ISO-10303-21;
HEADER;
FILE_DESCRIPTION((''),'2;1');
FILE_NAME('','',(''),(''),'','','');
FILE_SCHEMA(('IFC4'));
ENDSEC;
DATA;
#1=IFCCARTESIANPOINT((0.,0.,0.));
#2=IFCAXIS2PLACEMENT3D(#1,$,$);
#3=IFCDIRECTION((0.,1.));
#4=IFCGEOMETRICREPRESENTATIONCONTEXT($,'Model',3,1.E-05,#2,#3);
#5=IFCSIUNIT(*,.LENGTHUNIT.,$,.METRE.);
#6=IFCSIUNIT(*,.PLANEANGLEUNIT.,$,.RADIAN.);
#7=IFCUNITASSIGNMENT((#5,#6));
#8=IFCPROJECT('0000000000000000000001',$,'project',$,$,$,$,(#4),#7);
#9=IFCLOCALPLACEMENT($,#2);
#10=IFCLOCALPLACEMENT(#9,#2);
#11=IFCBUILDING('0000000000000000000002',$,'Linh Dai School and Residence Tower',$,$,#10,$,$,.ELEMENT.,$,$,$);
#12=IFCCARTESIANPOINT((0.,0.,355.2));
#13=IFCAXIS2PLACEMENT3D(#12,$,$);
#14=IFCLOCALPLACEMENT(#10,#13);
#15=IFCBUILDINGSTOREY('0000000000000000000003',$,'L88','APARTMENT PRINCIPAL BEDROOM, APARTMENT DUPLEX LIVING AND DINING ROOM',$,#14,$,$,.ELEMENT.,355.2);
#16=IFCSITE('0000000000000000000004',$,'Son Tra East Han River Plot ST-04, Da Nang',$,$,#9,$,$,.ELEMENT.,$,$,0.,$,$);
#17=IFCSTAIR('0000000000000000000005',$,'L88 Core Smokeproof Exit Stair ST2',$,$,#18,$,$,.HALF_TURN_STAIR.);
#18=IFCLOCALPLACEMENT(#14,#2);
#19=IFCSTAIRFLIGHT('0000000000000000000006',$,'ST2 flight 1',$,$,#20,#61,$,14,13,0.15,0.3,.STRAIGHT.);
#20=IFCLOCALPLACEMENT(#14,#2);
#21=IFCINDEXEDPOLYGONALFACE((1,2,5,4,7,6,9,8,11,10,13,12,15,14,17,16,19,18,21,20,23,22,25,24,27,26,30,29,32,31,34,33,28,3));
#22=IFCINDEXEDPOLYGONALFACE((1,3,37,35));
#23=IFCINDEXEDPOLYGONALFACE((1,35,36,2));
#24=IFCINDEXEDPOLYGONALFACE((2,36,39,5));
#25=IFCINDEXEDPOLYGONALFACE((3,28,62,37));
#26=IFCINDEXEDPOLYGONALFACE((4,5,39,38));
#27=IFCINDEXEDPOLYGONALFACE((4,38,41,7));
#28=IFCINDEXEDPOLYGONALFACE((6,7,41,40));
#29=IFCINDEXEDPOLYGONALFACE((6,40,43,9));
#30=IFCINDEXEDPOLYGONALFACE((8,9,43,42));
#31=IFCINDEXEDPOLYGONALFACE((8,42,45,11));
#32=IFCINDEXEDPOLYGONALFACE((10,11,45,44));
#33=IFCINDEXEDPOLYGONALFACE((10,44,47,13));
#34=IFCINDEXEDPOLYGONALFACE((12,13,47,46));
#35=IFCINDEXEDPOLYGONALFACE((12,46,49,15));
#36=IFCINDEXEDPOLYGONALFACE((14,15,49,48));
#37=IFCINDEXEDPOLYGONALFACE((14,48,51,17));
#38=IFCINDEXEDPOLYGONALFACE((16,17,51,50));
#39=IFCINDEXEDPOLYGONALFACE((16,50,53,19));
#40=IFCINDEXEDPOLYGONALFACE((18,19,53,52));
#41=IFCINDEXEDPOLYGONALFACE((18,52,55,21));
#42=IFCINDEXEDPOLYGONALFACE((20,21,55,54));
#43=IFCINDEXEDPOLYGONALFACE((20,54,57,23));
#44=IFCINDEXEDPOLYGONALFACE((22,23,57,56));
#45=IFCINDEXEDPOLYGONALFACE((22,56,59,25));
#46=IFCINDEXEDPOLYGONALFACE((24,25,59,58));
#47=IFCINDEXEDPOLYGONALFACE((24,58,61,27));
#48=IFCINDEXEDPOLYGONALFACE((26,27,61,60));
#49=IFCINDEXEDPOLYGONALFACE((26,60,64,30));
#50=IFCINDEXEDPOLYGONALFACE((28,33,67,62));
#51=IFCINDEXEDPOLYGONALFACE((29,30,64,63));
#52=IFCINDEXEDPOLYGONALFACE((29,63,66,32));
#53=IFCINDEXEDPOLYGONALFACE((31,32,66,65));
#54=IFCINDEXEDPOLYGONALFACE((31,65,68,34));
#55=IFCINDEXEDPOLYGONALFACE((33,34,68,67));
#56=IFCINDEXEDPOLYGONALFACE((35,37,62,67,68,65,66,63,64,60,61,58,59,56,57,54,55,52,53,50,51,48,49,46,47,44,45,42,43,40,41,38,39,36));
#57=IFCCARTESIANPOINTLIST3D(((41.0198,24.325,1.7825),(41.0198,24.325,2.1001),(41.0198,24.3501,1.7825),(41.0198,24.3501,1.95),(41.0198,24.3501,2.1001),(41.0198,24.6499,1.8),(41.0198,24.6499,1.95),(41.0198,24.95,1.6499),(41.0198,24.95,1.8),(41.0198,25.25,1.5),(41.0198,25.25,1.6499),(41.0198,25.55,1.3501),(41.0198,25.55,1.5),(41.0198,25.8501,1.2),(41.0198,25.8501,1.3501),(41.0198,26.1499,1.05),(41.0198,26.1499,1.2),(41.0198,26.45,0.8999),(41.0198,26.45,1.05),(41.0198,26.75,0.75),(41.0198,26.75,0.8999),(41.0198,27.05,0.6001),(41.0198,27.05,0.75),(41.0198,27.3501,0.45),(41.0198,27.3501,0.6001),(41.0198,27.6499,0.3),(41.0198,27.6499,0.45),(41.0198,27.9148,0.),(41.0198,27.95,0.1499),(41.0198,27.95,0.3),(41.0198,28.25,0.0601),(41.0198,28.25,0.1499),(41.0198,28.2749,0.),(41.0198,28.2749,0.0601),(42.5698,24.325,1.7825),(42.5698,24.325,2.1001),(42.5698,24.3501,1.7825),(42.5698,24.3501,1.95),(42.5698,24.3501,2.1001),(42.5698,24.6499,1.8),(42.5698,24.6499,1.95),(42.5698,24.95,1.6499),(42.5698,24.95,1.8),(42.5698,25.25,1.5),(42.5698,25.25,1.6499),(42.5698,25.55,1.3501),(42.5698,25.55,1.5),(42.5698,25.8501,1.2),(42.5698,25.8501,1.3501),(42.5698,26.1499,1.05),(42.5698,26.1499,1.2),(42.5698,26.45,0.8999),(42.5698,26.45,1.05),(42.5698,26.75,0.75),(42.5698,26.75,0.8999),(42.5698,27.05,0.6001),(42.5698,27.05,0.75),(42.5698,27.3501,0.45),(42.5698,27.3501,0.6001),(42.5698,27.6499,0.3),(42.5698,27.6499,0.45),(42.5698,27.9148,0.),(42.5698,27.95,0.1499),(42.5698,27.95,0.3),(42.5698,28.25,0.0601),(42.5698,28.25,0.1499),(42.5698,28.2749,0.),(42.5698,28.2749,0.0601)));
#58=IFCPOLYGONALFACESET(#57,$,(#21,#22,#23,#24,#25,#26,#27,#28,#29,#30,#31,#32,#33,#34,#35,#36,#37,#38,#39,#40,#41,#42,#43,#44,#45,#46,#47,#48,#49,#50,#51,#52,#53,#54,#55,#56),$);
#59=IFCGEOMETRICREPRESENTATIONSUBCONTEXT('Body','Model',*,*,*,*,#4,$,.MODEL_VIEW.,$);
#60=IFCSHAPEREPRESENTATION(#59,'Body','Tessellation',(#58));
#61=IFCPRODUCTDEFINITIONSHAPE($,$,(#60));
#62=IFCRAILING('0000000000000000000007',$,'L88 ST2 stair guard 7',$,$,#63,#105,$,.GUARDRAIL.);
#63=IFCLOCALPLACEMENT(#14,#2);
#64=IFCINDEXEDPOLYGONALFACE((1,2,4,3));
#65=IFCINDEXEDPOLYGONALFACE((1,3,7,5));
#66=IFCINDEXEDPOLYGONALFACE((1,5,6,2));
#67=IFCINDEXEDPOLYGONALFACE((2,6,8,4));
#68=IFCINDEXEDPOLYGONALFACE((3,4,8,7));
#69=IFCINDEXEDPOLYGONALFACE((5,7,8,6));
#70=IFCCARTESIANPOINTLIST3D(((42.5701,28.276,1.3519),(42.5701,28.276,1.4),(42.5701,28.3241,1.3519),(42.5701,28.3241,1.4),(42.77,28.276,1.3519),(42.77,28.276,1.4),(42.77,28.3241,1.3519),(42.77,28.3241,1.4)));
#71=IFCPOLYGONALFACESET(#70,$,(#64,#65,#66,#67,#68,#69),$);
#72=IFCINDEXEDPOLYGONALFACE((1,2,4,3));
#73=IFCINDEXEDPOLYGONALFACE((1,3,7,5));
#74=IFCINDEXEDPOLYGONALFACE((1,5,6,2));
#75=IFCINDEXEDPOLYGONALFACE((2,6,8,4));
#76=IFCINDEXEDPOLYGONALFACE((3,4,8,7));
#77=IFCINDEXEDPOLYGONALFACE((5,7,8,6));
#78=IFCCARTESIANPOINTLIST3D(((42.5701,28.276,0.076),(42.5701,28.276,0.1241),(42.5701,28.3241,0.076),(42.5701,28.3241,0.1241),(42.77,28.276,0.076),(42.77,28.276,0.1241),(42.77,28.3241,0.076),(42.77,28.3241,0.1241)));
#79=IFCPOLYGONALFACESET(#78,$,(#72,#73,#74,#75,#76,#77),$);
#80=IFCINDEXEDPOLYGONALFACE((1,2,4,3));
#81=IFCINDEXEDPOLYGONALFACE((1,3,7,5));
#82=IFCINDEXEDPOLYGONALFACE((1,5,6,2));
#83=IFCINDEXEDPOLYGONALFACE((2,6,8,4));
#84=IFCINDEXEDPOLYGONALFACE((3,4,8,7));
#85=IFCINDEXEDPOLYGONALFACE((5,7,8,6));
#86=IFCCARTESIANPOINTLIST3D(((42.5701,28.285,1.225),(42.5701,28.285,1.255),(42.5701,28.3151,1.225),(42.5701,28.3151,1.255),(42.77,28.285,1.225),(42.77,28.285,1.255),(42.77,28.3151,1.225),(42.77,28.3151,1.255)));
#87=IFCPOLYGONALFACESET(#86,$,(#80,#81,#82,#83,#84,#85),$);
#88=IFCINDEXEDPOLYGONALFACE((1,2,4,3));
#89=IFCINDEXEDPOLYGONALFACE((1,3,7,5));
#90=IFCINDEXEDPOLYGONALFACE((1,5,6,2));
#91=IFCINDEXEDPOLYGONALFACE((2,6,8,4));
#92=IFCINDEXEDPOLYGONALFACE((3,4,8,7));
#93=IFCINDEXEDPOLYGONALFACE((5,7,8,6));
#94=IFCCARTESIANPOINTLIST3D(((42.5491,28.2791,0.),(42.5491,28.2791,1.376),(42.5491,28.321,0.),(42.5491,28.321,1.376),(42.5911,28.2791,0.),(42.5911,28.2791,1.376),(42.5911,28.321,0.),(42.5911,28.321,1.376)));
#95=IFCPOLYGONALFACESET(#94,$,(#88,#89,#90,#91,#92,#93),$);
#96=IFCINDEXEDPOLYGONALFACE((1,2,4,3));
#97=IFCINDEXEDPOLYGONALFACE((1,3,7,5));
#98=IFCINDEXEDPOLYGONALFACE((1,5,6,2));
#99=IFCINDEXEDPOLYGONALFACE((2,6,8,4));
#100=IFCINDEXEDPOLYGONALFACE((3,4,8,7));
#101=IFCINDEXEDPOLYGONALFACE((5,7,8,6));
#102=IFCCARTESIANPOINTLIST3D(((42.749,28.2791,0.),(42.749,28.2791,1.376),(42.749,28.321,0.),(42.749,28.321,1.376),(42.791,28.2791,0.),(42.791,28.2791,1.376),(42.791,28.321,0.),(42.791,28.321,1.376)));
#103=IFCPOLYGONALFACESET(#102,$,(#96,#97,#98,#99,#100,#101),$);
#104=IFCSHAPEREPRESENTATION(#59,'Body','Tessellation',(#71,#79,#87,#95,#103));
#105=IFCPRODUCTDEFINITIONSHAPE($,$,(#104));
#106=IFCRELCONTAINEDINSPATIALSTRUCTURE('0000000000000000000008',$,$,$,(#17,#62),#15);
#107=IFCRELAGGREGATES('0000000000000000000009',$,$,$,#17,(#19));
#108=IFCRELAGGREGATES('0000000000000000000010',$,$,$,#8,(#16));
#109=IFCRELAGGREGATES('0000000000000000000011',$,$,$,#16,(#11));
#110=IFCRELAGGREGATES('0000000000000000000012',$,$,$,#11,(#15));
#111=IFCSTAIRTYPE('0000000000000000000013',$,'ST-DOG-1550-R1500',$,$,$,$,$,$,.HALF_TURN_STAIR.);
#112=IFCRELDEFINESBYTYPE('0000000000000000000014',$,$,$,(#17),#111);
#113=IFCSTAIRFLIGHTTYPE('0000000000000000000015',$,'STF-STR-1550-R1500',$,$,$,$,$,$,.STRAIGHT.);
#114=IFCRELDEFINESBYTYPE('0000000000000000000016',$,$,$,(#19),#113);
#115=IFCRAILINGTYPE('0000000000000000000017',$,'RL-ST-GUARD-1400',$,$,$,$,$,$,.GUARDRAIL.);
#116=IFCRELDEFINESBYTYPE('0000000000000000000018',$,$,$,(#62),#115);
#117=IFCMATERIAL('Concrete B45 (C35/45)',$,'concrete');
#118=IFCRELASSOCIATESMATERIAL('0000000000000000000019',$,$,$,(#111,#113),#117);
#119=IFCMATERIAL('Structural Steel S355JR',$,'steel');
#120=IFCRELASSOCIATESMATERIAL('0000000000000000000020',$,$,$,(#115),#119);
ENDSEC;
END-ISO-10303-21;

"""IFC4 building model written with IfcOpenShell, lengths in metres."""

from ifc_helpers import new_model, si_unit, direction, frame, origin, origin_2d, place, context, subcontext, project, spatial, polyline, rectangle, outline, extrude, source, transform, mapped, material, type_object, element, aggregate, save


model = new_model("IFC4")

# Units and contexts
model_context = context("Model", 3, precision=1e-05, world=origin(), true_north=direction((0.0, 1.0)))
body_context = subcontext(model_context, "Body", "Model", "MODEL_VIEW")
ifc_project = project(units=[si_unit("LENGTHUNIT", "METRE"), si_unit("PLANEANGLEUNIT", "RADIAN")], contexts=[model_context])

# Site, building, storey
site_placement = place(None, origin())
site = spatial("IfcSite", under=ifc_project, at=site_placement, Name="Son Tra East Han River Plot ST-04, Da Nang", CompositionType="ELEMENT", RefElevation=0.0)
building_placement = place(site_placement, origin())
building = spatial("IfcBuilding", under=site, at=building_placement, Name="Linh Dai School and Residence Tower", CompositionType="ELEMENT")
storey_placement = place(building_placement, frame((0.0, 0.0, 355.2)))
storey = spatial("IfcBuildingStorey", under=building, at=storey_placement, Name="L88", Description="APARTMENT PRINCIPAL BEDROOM, APARTMENT DUPLEX LIVING AND DINING ROOM", CompositionType="ELEMENT", Elevation=355.2)

# Shared definitions
ifc_material_1 = material(Name="Structural Steel S355JR", Category="steel")

# Shared definitions
ifc_material_2 = material(Name="Concrete B45 (C35/45)", Category="concrete")

# Stair, stair flight
stair_type = type_object("IfcStairType", Name="ST-DOG-1550-R1500", PredefinedType="HALF_TURN_STAIR", material=ifc_material_2)
stair_placement = place(storey_placement, origin())
stair = element("IfcStair", 1, at=stair_placement, inside=storey, type_object=stair_type, Name="L88 Core Smokeproof Exit Stair ST2", PredefinedType="HALF_TURN_STAIR")
stair_flight_type = type_object("IfcStairFlightType", Name="STF-STR-1550-R1500", PredefinedType="STRAIGHT", material=ifc_material_2)
shared_shape_1 = source(origin(), body_context, "Body", "SweptSolid", [
    extrude(outline(polyline([(-0.0249, 0.0), (-0.0249, 0.0601), (0.0, 0.0601), (0.0, 0.1499), (0.3, 0.1499), (0.3, 0.3), (0.6001, 0.3), (0.6001, 0.45), (0.8999, 0.45), (0.8999, 0.6001), (1.2, 0.6001), (1.2, 0.75), (1.5, 0.75), (1.5, 0.8999), (1.8, 0.8999), (1.8, 1.05), (2.1001, 1.05), (2.1001, 1.2), (2.3999, 1.2), (2.3999, 1.3501), (2.7, 1.3501), (2.7, 1.5), (3.0, 1.5), (3.0, 1.6499), (3.3, 1.6499), (3.3, 1.8), (3.6001, 1.8), (3.6001, 1.95), (3.8999, 1.95), (3.8999, 2.1001), (3.925, 2.1001), (3.925, 1.7825), (3.8999, 1.7825), (0.3352, 0.0), (-0.0249, 0.0)])), frame((0.0, 0.7749, 0.0), z_axis=(0.0, -1.0, 0.0), x_axis=(1.0, 0.0, 0.0)), (0.0, 0.0, 1.0), 1.55),
])
stair_flight_placement = place(storey_placement, frame((41.7949, 28.25, 0.0), z_axis=(0.0, 0.0, 1.0), x_axis=(0.0, -1.0, 0.0)))
stair_flight = element("IfcStairFlight", 2, at=stair_flight_placement, type_object=stair_flight_type, Name="ST2 flight 1", NumberOfRisers=14, NumberOfTreads=13, PredefinedType="STRAIGHT", RiserHeight=0.15, TreadLength=0.3, context=body_context, shape_type="MappedRepresentation", body=[
    mapped(shared_shape_1, transform((0.0, 0.0, 0.0), x_axis=(1.0, 0.0, 0.0), y_axis=(0.0, 1.0, 0.0), z_axis=(0.0, 0.0, 1.0), scale=1.0)),
])
aggregate(stair, [stair_flight])

# Railing
railing_type_1 = type_object("IfcRailingType", Name="RL-ST-GUARD-1400", PredefinedType="GUARDRAIL", material=ifc_material_1)
shared_shape_2 = source(origin(), body_context, "Body", "SweptSolid", [
    extrude(rectangle(XDim=0.0481, YDim=0.0481, at=origin_2d()), frame((0.0, 0.0, 1.376), z_axis=(1.0, 0.0, 0.0), x_axis=(0.0, 1.0, 0.0)), (0.0, 0.0, 1.0), 0.2),
    extrude(rectangle(XDim=0.0481, YDim=0.0481, at=origin_2d()), frame((0.0, 0.0, 0.1001), z_axis=(1.0, 0.0, 0.0), x_axis=(0.0, 1.0, 0.0)), (0.0, 0.0, 1.0), 0.2),
    extrude(rectangle(XDim=0.03, YDim=0.03, at=origin_2d()), frame((0.0, 0.0, 1.24), z_axis=(1.0, 0.0, 0.0), x_axis=(0.0, 1.0, 0.0)), (0.0, 0.0, 1.0), 0.2),
    extrude(rectangle(XDim=0.042, YDim=0.042, at=origin_2d()), origin(), (0.0, 0.0, 1.0), 1.376),
    extrude(rectangle(XDim=0.042, YDim=0.042, at=origin_2d()), frame((0.2, 0.0, 0.0)), (0.0, 0.0, 1.0), 1.376),
])
railing_1_placement = place(storey_placement, frame((42.5701, 28.3, 0.0)))
element("IfcRailing", 3, at=railing_1_placement, inside=storey, type_object=railing_type_1, Name="L88 ST2 stair guard 7", PredefinedType="GUARDRAIL", context=body_context, shape_type="MappedRepresentation", body=[
    mapped(shared_shape_2, transform((0.0, 0.0, 0.0), x_axis=(1.0, 0.0, 0.0), y_axis=(0.0, 1.0, 0.0), z_axis=(0.0, 0.0, 1.0), scale=1.0)),
])

save(model, "model.ifc")
